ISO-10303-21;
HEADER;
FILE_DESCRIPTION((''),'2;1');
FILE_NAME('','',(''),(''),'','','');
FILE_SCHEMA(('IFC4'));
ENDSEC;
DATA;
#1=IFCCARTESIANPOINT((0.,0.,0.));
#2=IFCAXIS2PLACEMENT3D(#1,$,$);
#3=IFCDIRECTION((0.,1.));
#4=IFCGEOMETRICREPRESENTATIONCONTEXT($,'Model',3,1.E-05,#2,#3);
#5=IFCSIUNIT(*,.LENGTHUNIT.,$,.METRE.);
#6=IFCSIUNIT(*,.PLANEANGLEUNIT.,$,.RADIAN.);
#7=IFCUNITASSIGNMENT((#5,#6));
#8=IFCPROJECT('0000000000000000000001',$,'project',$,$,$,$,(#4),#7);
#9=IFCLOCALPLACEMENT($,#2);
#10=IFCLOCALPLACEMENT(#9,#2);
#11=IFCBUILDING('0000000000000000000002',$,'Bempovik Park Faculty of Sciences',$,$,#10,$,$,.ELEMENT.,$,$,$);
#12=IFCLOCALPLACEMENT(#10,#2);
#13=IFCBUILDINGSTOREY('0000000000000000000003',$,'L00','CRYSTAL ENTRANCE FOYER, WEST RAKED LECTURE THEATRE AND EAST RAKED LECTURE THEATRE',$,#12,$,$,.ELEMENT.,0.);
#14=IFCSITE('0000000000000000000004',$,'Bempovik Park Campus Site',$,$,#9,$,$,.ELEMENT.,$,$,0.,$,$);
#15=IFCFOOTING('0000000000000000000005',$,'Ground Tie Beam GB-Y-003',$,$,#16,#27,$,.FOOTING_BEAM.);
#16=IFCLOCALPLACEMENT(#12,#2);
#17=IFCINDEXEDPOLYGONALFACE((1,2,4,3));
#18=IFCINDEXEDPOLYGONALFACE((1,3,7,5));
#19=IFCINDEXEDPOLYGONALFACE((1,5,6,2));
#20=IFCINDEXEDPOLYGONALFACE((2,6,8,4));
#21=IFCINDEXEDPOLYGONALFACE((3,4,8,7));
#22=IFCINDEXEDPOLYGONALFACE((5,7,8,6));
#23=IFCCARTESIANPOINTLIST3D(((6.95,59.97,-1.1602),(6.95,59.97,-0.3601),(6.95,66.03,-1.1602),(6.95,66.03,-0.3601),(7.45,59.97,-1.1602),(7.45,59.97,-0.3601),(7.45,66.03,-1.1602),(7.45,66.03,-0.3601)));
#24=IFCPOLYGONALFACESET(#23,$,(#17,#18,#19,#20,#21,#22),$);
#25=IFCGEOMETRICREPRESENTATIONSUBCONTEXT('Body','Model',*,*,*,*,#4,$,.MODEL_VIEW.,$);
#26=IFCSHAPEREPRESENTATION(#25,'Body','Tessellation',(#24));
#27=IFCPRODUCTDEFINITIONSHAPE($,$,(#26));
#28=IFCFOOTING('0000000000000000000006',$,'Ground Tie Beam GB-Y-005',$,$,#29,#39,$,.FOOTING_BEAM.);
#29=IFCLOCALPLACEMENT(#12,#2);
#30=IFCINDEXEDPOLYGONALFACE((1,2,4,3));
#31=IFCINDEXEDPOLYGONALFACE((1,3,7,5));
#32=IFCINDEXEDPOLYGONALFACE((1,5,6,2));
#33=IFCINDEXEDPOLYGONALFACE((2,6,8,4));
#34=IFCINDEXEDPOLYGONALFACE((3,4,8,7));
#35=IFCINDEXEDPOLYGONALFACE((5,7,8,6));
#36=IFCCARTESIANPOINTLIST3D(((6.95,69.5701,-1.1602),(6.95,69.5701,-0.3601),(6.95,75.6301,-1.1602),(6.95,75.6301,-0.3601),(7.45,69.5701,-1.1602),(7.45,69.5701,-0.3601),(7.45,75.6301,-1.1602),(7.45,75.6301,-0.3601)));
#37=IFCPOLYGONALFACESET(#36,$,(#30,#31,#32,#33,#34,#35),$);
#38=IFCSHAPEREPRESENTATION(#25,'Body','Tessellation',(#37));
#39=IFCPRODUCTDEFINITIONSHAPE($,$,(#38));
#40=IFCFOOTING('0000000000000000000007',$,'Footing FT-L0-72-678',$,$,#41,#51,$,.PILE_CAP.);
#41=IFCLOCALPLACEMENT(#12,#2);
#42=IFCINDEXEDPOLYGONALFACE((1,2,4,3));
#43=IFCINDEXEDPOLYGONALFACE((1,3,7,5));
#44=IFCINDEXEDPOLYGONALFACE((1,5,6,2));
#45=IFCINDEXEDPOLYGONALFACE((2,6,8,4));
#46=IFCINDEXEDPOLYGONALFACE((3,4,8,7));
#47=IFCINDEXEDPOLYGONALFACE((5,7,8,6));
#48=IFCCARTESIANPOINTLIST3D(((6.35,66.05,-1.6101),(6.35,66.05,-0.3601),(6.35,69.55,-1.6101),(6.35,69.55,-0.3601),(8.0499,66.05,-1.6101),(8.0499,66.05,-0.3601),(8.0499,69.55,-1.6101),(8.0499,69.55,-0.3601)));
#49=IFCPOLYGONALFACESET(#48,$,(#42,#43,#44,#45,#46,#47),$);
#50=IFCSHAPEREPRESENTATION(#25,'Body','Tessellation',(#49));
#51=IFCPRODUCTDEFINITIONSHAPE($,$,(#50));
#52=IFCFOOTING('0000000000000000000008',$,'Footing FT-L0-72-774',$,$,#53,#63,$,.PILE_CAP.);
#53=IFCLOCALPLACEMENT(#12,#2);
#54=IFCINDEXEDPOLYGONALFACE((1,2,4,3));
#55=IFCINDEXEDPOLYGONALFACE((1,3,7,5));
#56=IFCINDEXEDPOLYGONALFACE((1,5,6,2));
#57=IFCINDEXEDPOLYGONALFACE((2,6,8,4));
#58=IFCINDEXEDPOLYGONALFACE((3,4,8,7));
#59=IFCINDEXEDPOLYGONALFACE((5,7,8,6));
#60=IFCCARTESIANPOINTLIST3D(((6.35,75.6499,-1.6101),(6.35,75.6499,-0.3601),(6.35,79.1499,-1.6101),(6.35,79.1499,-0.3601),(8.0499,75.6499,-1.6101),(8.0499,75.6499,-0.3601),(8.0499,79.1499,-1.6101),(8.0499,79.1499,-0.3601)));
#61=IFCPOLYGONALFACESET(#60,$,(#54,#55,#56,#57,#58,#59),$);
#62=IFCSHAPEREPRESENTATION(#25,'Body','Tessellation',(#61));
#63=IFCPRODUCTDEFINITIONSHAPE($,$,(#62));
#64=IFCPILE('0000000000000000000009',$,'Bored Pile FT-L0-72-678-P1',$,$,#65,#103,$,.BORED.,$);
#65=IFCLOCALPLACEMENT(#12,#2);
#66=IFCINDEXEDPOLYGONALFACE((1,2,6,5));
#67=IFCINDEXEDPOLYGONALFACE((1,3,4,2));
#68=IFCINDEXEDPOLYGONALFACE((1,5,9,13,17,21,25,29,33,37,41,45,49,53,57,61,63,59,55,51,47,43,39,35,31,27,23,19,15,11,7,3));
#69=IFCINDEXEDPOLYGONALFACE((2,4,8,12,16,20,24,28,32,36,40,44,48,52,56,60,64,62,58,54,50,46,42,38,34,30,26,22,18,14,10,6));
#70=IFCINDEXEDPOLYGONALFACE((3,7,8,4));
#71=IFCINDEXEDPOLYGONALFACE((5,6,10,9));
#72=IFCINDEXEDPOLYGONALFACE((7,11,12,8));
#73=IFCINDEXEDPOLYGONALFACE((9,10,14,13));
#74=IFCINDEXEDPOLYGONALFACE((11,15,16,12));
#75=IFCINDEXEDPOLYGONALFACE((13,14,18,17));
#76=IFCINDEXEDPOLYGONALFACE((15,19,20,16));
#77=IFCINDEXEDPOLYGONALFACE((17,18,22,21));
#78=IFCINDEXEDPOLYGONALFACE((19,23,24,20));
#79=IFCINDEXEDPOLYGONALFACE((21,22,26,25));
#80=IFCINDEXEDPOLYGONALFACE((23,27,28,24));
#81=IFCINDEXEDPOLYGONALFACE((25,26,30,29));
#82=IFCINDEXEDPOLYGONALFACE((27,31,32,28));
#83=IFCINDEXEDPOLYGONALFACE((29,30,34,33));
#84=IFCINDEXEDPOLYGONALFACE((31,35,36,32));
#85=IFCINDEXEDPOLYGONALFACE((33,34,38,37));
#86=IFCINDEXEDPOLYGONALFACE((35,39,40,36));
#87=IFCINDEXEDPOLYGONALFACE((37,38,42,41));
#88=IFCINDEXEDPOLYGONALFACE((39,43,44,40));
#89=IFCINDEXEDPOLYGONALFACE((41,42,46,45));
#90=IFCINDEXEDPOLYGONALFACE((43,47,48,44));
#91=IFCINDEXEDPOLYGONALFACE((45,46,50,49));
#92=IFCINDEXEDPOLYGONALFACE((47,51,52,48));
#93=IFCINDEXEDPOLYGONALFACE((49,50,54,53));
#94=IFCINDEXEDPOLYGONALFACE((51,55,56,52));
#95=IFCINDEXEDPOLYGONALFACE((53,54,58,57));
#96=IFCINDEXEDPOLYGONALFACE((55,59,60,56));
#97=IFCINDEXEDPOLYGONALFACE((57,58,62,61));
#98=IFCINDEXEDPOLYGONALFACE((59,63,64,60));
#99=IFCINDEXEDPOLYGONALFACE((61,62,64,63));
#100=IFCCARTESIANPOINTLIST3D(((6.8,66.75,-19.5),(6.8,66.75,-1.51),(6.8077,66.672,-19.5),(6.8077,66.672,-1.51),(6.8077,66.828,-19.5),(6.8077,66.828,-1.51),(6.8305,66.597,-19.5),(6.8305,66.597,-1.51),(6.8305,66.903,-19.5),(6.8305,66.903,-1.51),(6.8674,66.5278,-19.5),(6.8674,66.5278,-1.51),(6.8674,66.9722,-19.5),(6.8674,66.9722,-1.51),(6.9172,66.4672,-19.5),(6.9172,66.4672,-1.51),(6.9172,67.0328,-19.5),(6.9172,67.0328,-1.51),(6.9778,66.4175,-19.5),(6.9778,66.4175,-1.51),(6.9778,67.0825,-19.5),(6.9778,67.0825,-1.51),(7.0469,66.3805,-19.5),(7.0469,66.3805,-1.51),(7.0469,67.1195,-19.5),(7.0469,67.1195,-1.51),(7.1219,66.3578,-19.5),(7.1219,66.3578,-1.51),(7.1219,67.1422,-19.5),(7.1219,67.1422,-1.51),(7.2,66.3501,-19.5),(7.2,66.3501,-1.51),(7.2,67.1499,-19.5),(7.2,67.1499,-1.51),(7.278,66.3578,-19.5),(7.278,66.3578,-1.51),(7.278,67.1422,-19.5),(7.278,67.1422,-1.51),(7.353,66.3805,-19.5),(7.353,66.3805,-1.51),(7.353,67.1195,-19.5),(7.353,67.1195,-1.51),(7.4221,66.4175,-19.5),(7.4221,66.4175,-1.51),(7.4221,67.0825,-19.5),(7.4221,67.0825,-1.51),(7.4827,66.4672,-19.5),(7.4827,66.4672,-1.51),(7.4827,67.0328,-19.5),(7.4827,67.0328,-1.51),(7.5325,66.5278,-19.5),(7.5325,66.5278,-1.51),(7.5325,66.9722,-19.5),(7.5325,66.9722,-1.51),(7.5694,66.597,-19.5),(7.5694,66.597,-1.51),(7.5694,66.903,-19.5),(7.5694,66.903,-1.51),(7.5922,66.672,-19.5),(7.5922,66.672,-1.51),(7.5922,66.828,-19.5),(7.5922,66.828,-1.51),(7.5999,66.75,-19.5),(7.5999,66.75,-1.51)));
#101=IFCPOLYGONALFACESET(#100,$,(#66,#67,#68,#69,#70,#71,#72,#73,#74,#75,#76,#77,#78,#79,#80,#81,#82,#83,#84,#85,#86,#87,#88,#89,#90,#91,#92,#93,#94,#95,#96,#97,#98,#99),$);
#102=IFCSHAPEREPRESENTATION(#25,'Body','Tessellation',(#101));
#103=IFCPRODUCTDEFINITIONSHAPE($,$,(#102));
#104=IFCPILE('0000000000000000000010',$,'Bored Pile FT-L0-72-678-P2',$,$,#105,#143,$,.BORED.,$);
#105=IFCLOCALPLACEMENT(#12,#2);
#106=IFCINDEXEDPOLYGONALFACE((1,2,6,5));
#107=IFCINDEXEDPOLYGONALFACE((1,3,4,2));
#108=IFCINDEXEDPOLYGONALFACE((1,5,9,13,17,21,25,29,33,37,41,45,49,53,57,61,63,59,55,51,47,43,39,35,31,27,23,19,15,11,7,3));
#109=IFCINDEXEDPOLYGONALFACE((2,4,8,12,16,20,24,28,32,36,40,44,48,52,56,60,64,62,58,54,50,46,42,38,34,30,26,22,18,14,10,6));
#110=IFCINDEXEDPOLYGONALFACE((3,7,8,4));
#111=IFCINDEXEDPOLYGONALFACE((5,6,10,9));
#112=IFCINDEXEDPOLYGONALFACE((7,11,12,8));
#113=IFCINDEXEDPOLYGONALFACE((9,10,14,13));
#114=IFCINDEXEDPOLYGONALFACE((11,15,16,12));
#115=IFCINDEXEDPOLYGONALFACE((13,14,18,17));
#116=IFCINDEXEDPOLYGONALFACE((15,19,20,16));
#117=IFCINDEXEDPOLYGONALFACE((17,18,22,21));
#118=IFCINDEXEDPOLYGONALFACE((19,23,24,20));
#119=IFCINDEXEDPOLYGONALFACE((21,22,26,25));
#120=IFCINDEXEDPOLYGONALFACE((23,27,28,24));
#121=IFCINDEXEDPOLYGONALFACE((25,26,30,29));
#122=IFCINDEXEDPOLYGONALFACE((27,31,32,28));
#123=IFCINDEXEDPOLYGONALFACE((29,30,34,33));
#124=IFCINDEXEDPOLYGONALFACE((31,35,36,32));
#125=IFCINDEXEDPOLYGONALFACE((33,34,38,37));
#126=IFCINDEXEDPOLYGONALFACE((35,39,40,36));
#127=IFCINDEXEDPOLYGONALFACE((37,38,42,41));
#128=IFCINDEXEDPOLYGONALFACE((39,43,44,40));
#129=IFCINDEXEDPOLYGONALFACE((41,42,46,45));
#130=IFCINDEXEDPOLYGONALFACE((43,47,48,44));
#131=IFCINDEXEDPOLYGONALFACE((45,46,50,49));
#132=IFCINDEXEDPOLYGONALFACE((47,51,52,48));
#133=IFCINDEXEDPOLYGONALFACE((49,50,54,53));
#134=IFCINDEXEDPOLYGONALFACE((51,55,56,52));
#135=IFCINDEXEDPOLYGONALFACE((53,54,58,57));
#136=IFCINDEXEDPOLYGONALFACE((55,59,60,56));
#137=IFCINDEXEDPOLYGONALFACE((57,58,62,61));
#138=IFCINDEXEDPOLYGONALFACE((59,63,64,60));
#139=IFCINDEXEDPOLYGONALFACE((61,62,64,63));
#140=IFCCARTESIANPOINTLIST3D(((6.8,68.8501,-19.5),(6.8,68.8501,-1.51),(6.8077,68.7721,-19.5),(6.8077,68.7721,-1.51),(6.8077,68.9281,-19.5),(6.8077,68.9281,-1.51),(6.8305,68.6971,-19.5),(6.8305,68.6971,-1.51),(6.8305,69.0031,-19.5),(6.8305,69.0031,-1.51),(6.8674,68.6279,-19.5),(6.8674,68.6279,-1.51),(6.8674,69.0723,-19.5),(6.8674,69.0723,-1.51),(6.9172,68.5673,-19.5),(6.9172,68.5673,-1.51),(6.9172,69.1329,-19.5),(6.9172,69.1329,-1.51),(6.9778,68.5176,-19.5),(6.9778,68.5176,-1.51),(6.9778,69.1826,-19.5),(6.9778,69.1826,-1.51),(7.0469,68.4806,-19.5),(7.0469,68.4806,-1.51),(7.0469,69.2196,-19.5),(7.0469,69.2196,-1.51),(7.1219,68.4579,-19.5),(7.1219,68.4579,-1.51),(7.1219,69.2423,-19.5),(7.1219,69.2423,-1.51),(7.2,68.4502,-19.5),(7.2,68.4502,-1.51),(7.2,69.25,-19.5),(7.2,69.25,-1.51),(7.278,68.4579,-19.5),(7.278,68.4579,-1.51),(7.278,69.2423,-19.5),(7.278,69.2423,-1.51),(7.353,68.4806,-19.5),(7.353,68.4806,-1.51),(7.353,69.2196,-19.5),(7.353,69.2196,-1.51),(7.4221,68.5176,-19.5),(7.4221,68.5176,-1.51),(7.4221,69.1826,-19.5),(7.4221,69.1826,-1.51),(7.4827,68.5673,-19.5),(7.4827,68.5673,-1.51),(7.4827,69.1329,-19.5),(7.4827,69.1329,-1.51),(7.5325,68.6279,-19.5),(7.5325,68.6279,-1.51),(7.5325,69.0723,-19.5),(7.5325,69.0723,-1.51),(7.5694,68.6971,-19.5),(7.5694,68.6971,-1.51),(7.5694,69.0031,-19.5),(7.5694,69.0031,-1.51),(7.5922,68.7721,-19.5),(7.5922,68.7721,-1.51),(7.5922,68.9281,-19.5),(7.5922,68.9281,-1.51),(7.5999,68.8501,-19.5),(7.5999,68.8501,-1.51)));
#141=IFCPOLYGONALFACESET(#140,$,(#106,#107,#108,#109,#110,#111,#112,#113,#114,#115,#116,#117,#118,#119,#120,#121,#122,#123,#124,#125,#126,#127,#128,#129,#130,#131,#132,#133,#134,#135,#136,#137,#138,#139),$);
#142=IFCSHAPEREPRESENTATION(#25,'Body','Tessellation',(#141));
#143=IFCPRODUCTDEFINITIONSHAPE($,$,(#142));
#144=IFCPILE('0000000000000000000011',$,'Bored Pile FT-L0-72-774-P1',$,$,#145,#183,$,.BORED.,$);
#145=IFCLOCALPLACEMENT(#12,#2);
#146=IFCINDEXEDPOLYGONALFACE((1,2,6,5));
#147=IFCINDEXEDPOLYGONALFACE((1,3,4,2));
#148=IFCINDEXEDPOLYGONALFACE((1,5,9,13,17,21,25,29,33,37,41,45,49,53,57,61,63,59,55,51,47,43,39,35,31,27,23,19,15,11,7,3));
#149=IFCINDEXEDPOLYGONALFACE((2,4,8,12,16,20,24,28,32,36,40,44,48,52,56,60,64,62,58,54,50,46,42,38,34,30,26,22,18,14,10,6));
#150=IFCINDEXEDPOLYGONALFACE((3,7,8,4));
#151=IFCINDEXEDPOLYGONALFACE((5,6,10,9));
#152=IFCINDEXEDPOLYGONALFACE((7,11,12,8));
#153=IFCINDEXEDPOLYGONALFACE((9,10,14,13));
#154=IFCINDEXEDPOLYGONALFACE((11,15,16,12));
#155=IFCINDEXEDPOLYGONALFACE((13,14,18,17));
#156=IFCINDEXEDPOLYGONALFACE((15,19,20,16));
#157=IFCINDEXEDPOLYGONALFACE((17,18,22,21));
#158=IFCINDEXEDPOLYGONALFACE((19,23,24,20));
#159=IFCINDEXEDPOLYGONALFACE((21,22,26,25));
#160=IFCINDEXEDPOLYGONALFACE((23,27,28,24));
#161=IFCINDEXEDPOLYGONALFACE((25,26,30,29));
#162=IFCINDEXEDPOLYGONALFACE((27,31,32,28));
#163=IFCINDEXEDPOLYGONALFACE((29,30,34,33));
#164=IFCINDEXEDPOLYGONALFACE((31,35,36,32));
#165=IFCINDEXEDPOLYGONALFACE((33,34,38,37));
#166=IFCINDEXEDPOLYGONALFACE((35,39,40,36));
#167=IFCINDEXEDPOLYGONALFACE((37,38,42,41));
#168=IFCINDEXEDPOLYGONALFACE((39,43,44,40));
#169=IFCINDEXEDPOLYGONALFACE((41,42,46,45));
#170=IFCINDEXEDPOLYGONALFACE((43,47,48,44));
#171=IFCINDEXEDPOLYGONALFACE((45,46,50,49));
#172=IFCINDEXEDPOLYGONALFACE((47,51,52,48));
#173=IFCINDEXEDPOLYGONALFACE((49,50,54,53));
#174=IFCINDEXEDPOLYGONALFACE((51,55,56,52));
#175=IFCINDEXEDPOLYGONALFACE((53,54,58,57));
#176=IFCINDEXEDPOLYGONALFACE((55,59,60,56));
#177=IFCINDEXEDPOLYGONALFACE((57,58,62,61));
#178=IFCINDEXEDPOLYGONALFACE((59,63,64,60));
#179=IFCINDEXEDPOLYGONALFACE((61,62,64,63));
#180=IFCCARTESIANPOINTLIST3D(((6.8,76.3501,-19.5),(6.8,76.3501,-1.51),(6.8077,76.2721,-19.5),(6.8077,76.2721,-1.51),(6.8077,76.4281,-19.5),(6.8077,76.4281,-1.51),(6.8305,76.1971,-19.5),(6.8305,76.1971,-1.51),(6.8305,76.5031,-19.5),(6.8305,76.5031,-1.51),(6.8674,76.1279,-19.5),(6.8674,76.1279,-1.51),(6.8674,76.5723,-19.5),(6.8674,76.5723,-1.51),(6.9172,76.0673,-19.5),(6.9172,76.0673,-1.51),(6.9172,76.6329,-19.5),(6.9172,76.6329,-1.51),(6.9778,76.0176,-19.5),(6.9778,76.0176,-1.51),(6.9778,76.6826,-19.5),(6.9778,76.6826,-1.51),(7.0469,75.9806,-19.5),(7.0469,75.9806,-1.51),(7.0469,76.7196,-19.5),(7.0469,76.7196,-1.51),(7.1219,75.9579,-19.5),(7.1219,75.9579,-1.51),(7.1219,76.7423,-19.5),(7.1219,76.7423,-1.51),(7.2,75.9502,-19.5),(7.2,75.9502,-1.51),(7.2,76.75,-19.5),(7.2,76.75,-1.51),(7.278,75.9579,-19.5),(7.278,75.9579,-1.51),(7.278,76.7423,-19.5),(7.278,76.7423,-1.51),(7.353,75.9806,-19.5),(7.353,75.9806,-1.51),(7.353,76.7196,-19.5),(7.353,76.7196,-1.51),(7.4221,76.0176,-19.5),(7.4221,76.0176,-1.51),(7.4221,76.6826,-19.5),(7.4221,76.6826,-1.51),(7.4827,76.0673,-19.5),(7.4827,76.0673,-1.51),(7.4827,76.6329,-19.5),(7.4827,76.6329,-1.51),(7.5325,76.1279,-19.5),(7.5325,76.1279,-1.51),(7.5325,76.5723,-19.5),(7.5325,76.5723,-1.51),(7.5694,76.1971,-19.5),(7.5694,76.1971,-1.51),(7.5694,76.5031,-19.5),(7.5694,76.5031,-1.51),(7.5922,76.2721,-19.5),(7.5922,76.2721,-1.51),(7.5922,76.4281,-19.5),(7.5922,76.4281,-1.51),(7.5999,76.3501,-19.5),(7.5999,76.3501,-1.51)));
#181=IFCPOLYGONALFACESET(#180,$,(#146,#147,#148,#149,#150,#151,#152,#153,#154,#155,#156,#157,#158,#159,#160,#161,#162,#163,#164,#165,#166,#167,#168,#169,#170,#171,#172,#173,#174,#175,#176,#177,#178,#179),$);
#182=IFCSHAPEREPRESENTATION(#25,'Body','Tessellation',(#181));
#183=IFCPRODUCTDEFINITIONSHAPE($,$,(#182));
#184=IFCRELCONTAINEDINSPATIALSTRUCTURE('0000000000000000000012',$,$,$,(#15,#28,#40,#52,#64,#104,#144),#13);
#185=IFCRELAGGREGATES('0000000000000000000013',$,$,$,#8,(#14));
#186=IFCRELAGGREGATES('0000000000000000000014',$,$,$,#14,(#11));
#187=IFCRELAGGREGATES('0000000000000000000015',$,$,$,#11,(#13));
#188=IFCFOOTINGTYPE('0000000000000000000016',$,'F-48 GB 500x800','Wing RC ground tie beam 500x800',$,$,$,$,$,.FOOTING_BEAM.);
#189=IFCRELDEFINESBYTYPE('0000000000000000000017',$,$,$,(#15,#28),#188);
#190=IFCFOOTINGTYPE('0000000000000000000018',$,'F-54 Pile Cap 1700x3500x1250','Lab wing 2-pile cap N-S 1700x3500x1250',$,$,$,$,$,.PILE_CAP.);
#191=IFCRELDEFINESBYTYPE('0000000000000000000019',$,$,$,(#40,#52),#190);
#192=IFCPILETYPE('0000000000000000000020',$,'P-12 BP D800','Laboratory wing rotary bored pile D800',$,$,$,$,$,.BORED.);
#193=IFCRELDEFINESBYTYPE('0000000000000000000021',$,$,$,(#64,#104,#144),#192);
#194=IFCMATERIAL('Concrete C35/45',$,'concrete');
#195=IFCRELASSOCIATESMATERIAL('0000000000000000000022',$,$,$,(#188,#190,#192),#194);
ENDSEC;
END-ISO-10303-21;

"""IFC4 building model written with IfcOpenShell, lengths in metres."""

from ifc_helpers import new_model, si_unit, direction, frame, origin, origin_2d, place, context, subcontext, project, spatial, rectangle, circle, extrude, material, material_profile, profile_set, type_object, element, save


model = new_model("IFC4")

# Units and contexts
model_context = context("Model", 3, precision=1e-05, world=origin(), true_north=direction((0.0, 1.0)))
body_context = subcontext(model_context, "Body", "Model", "MODEL_VIEW")
ifc_project = project(units=[si_unit("LENGTHUNIT", "METRE"), si_unit("PLANEANGLEUNIT", "RADIAN")], contexts=[model_context])

# Site, building, storey
site_placement = place(None, origin())
site = spatial("IfcSite", under=ifc_project, at=site_placement, Name="Bempovik Park Campus Site", CompositionType="ELEMENT", RefElevation=0.0)
building_placement = place(site_placement, origin())
building = spatial("IfcBuilding", under=site, at=building_placement, Name="Bempovik Park Faculty of Sciences", CompositionType="ELEMENT")
storey_placement = place(building_placement, origin())
storey = spatial("IfcBuildingStorey", under=building, at=storey_placement, Name="L00", Description="CRYSTAL ENTRANCE FOYER, WEST RAKED LECTURE THEATRE AND EAST RAKED LECTURE THEATRE", CompositionType="ELEMENT", Elevation=0.0)

# Footings
ifc_material_1 = material(Name="Concrete C35/45", Category="concrete")
footing_type_1 = type_object("IfcFootingType", Name="F-48 GB 500x800", Description="Wing RC ground tie beam 500x800", PredefinedType="FOOTING_BEAM", material=ifc_material_1)
for number, where, z_axis, x_axis, name in (
    (1, (7.2, 63.0, -1.1602), (0.0, 0.0, 1.0), (1.0, 0.0, 0.0), "Ground Tie Beam GB-Y-003"),
    (2, (7.2, 72.6001, -1.1602), (0.0, 0.0, 1.0), (1.0, 0.0, 0.0), "Ground Tie Beam GB-Y-005"),
):
    element("IfcFooting", number, at=place(storey_placement, frame(where, z_axis=z_axis, x_axis=x_axis)), inside=storey, type_object=footing_type_1, Name=name, PredefinedType="FOOTING_BEAM", context=body_context, shape_type="SweptSolid", body=[
        extrude(rectangle(XDim=0.5, YDim=6.0601, at=origin_2d()), origin(), (0.0, 0.0, 1.0), 0.8),
    ])
footing_type_2 = type_object("IfcFootingType", Name="F-54 Pile Cap 1700x3500x1250", Description="Lab wing 2-pile cap N-S 1700x3500x1250", PredefinedType="PILE_CAP", material=ifc_material_1)
for number, where, z_axis, x_axis, name in (
    (3, (7.2, 67.8, -1.6101), (0.0, 0.0, 1.0), (1.0, 0.0, 0.0), "Footing FT-L0-72-678"),
    (4, (7.2, 77.3999, -1.6101), (0.0, 0.0, 1.0), (1.0, 0.0, 0.0), "Footing FT-L0-72-774"),
):
    element("IfcFooting", number, at=place(storey_placement, frame(where, z_axis=z_axis, x_axis=x_axis)), inside=storey, type_object=footing_type_2, Name=name, PredefinedType="PILE_CAP", context=body_context, shape_type="SweptSolid", body=[
        extrude(rectangle(XDim=1.7, YDim=3.5, at=origin_2d()), origin(), (0.0, 0.0, 1.0), 1.25),
    ])

# Piles
ifc_material_profile_1 = material_profile(ifc_material_1, circle(Radius=0.3999, at=origin_2d()), Name="BP D800")
ifc_profile_set_1 = profile_set([ifc_material_profile_1], Name="Concrete C35/45")
pile_type = type_object("IfcPileType", Name="P-12 BP D800", Description="Laboratory wing rotary bored pile D800", PredefinedType="BORED", material=ifc_profile_set_1)
for number, where, z_axis, x_axis, name in (
    (5, (7.2, 66.75, -1.51), (0.0, 0.0, -1.0), (1.0, 0.0, 0.0), "Bored Pile FT-L0-72-678-P1"),
    (6, (7.2, 68.8501, -1.51), (0.0, 0.0, -1.0), (1.0, 0.0, 0.0), "Bored Pile FT-L0-72-678-P2"),
    (7, (7.2, 76.3501, -1.51), (0.0, 0.0, -1.0), (1.0, 0.0, 0.0), "Bored Pile FT-L0-72-774-P1"),
):
    element("IfcPile", number, at=place(storey_placement, frame(where, z_axis=z_axis, x_axis=x_axis)), inside=storey, type_object=pile_type, Name=name, PredefinedType="BORED", context=body_context, shape_type="SweptSolid", body=[
        extrude(circle(Radius=0.3999, at=origin_2d()), origin(), (0.0, 0.0, 1.0), 17.99),
    ])

save(model, "model.ifc")
